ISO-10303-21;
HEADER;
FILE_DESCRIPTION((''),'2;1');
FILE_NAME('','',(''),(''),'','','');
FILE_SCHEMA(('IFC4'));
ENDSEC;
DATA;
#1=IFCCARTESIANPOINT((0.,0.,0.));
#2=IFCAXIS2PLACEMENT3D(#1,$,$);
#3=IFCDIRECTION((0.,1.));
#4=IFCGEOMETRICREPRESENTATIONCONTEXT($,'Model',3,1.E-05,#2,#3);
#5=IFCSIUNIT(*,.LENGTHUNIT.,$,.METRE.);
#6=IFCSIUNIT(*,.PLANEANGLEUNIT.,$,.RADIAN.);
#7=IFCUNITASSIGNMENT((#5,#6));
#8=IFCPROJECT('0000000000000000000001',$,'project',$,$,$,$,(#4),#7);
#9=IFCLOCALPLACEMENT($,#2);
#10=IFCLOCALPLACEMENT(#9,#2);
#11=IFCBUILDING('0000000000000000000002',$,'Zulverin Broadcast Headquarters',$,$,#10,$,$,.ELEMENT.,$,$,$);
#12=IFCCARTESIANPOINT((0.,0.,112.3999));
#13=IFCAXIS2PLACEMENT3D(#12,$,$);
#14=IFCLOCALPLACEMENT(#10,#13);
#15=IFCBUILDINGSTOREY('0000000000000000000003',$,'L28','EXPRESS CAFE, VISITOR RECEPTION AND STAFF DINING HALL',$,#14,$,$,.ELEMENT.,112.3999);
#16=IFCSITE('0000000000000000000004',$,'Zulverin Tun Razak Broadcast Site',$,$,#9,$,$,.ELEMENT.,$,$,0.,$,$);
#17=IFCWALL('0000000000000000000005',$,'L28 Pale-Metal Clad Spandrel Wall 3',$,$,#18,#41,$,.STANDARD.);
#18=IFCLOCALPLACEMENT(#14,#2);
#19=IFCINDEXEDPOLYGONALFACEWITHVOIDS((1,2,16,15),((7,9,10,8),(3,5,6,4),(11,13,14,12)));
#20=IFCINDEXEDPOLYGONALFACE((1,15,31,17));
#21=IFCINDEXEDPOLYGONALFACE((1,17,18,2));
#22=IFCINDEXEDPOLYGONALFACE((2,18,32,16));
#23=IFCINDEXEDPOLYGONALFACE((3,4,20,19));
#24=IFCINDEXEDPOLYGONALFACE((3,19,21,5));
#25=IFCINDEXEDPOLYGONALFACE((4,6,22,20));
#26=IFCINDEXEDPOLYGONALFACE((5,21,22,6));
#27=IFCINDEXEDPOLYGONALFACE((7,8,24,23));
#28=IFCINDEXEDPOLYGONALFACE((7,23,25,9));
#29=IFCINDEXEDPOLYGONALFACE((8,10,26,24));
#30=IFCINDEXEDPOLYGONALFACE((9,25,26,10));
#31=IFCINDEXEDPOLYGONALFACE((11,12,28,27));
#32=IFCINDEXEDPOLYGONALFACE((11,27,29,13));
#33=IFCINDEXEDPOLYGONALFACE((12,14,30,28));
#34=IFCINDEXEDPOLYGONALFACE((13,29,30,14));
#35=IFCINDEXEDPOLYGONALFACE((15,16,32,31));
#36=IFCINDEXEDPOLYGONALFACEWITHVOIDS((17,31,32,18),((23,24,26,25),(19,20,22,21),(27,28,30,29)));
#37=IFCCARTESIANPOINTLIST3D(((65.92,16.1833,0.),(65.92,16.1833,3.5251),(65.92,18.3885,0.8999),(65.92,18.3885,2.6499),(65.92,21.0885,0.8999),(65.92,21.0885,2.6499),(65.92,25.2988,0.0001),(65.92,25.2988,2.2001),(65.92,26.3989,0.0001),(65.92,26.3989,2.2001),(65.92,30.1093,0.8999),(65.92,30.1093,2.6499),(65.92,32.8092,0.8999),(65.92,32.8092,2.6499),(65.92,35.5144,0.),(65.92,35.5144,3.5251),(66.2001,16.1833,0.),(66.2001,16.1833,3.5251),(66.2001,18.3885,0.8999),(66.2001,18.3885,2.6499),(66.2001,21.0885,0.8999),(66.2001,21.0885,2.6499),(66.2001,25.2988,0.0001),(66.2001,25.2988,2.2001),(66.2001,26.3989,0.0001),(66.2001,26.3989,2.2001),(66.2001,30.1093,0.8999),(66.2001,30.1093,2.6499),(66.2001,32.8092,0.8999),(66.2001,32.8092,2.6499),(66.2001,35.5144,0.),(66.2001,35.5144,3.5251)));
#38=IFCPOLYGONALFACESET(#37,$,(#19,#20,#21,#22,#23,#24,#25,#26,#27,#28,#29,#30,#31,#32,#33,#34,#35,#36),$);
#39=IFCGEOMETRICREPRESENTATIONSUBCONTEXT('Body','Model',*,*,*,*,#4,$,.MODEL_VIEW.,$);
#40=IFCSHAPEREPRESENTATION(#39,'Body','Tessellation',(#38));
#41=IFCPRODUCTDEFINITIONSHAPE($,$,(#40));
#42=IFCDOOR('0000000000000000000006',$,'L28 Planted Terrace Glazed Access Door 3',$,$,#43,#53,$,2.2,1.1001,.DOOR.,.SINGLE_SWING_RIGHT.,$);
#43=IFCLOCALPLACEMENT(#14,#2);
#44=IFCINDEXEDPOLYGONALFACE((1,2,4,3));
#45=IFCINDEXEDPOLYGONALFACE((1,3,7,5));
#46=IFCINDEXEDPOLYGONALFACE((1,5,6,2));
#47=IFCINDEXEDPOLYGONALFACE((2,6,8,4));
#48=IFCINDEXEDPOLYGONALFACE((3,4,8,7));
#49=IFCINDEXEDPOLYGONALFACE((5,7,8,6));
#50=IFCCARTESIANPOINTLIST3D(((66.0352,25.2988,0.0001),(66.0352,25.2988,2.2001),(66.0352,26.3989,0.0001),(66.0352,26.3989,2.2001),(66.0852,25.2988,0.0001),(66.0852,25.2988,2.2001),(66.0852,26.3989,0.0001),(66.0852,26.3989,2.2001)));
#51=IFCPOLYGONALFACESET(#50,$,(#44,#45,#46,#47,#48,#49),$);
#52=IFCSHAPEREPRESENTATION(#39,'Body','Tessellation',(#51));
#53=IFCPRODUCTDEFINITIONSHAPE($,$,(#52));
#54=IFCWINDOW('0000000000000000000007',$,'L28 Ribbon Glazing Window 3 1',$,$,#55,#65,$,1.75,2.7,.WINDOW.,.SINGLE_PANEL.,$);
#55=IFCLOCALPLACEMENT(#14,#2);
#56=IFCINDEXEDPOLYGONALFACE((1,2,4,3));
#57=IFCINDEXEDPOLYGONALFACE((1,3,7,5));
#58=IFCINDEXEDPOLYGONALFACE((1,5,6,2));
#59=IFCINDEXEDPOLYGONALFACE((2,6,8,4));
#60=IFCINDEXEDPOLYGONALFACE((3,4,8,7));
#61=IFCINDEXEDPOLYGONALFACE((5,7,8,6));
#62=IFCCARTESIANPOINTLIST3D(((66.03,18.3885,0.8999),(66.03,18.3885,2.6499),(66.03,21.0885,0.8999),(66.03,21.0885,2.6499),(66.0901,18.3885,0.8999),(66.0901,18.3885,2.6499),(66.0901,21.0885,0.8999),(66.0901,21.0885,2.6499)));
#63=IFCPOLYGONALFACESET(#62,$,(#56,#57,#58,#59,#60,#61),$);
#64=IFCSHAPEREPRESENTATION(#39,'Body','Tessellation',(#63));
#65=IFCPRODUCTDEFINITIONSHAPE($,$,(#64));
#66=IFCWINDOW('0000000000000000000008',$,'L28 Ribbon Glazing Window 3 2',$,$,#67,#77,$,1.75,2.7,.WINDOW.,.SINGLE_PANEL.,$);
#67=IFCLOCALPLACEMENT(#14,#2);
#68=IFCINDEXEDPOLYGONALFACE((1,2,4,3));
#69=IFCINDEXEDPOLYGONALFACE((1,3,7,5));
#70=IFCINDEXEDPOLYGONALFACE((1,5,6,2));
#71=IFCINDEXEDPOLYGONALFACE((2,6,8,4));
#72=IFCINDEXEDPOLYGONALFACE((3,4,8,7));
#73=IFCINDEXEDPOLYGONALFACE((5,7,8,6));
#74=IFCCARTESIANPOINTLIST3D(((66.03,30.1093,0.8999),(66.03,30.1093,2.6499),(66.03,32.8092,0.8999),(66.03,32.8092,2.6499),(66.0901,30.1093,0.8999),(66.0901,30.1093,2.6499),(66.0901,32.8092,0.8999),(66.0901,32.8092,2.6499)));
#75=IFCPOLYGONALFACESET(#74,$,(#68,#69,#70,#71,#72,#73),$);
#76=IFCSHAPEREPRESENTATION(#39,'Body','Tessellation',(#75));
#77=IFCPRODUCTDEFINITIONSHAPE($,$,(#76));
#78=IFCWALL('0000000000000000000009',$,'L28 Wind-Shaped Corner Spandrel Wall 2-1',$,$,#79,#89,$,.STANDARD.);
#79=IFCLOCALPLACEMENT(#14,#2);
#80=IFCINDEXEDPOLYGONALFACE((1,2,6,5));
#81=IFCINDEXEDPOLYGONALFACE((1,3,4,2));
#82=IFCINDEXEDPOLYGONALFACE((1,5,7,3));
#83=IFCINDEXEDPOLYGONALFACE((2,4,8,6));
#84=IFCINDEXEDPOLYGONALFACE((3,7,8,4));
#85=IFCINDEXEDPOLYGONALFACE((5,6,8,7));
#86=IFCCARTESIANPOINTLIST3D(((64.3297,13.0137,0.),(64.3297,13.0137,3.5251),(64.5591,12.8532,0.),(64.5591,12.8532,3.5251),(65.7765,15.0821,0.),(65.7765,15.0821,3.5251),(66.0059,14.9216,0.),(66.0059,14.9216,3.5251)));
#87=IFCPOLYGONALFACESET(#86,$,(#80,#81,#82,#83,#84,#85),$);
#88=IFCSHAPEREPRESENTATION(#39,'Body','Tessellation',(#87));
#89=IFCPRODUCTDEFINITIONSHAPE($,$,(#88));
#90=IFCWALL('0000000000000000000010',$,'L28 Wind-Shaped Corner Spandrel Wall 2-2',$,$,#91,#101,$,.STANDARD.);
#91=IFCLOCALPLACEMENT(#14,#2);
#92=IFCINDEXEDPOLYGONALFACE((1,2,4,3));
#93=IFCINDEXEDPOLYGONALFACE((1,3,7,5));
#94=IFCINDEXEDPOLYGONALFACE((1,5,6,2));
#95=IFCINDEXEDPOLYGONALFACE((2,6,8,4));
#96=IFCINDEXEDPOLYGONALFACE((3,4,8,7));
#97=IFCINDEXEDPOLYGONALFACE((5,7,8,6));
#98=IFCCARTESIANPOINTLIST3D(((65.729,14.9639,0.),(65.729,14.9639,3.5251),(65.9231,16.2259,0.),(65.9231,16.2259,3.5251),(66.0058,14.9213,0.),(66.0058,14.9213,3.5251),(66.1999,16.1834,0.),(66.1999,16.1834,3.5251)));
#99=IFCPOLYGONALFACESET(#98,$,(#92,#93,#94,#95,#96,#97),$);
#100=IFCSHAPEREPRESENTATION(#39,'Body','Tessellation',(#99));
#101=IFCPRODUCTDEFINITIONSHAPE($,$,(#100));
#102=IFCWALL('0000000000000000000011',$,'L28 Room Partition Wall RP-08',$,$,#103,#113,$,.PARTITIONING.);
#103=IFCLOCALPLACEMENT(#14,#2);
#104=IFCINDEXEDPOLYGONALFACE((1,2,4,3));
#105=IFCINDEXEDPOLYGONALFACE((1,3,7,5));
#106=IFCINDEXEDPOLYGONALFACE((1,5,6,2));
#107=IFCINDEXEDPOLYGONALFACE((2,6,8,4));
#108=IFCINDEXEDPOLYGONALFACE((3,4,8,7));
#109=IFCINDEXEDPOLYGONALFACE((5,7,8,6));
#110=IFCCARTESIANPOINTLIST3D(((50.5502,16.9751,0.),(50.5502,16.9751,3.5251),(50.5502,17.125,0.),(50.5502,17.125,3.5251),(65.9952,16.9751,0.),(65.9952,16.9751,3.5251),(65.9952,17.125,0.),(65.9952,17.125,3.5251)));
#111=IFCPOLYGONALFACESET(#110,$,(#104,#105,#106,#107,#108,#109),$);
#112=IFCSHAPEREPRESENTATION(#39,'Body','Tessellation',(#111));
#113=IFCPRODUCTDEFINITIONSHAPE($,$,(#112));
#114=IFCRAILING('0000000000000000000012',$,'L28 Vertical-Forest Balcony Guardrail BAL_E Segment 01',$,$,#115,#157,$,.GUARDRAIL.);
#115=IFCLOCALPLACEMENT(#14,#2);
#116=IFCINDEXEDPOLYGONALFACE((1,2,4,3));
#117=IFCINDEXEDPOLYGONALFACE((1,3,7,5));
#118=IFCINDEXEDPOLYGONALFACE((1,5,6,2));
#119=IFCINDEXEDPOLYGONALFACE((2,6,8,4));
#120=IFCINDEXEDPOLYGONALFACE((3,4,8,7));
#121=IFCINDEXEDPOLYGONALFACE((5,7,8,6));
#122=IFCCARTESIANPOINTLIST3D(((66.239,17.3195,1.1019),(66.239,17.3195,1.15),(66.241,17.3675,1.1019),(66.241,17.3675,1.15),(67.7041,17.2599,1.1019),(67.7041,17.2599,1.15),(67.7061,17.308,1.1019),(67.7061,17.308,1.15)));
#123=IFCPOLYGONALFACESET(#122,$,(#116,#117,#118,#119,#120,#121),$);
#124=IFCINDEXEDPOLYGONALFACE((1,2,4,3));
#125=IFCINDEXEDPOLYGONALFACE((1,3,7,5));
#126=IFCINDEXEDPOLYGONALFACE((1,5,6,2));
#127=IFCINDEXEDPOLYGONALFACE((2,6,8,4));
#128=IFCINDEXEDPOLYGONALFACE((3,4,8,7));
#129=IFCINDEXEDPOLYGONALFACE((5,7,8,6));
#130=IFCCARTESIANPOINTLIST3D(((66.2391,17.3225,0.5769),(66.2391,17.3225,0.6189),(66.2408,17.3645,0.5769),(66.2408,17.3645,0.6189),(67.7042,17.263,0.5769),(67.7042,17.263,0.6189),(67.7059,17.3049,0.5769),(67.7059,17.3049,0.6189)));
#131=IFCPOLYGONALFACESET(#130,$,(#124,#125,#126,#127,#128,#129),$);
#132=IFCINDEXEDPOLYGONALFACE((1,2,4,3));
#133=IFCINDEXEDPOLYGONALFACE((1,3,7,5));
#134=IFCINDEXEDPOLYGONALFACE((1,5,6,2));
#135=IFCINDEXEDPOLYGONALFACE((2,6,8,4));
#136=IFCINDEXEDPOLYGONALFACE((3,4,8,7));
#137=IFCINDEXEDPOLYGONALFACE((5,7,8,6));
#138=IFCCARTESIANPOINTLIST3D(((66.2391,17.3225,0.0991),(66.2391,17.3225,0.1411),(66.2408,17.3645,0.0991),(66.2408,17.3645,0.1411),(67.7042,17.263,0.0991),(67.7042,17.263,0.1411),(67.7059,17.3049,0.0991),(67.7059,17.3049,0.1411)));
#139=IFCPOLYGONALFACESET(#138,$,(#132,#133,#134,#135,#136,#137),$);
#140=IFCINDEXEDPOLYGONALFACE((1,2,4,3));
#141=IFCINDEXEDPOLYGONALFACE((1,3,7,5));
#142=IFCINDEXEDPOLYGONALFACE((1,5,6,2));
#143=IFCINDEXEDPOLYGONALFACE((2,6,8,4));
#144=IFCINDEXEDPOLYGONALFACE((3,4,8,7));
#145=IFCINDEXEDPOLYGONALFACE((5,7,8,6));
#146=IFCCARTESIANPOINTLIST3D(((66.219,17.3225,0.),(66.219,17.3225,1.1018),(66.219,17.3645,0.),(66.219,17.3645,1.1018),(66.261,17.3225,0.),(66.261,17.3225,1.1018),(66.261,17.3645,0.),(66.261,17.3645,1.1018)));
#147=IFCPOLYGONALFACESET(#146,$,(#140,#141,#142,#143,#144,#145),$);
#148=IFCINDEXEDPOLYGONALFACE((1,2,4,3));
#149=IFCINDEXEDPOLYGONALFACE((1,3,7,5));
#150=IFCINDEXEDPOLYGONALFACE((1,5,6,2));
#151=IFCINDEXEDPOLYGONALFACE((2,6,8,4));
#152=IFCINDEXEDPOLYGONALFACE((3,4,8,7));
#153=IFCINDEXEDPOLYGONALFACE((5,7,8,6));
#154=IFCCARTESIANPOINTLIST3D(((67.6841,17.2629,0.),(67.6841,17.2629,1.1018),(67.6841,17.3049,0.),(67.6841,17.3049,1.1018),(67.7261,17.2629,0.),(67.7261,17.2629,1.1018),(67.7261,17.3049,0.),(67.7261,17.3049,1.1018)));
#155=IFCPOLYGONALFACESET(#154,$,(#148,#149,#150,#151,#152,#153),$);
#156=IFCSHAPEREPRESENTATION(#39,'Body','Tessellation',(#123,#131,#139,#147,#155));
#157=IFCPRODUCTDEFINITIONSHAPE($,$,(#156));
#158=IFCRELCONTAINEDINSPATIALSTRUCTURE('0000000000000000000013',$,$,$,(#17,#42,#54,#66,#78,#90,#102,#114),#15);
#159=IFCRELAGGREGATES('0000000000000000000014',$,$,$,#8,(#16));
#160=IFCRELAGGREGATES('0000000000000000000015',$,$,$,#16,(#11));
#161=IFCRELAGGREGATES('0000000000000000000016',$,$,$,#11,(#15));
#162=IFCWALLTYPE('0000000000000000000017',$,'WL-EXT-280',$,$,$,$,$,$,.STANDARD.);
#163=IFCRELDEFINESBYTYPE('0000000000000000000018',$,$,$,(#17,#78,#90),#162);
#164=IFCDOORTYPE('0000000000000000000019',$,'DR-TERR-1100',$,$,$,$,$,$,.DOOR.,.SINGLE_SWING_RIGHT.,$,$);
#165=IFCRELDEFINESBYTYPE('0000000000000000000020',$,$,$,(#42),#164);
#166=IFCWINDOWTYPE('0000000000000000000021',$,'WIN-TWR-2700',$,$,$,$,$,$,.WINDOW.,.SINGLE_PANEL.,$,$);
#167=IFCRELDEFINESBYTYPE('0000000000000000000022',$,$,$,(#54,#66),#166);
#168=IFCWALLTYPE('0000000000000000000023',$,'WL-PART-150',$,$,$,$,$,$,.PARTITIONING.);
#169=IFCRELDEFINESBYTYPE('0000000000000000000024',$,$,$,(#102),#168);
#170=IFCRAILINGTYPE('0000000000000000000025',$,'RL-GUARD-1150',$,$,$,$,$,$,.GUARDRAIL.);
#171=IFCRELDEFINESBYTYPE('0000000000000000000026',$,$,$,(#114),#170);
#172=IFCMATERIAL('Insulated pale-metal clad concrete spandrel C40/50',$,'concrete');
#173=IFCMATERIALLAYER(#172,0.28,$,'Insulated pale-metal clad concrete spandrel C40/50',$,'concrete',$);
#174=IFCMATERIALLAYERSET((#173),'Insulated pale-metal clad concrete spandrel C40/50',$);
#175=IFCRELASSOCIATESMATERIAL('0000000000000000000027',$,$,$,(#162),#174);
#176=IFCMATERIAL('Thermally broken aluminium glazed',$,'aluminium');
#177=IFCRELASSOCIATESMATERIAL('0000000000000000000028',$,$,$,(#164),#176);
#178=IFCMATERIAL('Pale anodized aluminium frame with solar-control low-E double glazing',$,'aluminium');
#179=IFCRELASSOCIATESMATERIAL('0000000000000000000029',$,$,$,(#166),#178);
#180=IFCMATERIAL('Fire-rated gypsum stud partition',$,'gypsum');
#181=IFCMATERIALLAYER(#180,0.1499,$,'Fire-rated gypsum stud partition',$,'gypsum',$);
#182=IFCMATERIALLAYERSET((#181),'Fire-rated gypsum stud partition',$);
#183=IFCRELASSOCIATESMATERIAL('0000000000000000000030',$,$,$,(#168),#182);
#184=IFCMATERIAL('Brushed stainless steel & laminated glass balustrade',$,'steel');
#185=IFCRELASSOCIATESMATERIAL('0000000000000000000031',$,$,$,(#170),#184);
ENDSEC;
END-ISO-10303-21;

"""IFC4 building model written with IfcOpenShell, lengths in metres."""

from ifc_helpers import new_model, si_unit, direction, frame, frame_2d, origin, origin_2d, place, context, subcontext, project, spatial, rectangle, extrude, material, layer, layer_set, type_object, element, fill, save


model = new_model("IFC4")

# Units and contexts
model_context = context("Model", 3, precision=1e-05, world=origin(), true_north=direction((0.0, 1.0)))
body_context = subcontext(model_context, "Body", "Model", "MODEL_VIEW")
ifc_project = project(units=[si_unit("LENGTHUNIT", "METRE"), si_unit("PLANEANGLEUNIT", "RADIAN")], contexts=[model_context])

# Site, building, storey
site_placement = place(None, origin())
site = spatial("IfcSite", under=ifc_project, at=site_placement, Name="Zulverin Tun Razak Broadcast Site", CompositionType="ELEMENT", RefElevation=0.0)
building_placement = place(site_placement, origin())
building = spatial("IfcBuilding", under=site, at=building_placement, Name="Zulverin Broadcast Headquarters", CompositionType="ELEMENT")
storey_placement = place(building_placement, frame((0.0, 0.0, 112.3999)))
storey = spatial("IfcBuildingStorey", under=building, at=storey_placement, Name="L28", Description="EXPRESS CAFE, VISITOR RECEPTION AND STAFF DINING HALL", CompositionType="ELEMENT", Elevation=112.3999)

# Wall, openings, door, windows
ifc_material_1 = material(Name="Insulated pale-metal clad concrete spandrel C40/50", Category="concrete")
ifc_layer_1 = layer(ifc_material_1, 0.28, Name="Insulated pale-metal clad concrete spandrel C40/50", Category="concrete")
ifc_layer_set_1 = layer_set([ifc_layer_1], Name="Insulated pale-metal clad concrete spandrel C40/50")
wall_type_1 = type_object("IfcWallType", Name="WL-EXT-280", PredefinedType="STANDARD", material=ifc_layer_set_1)
wall_1_placement = place(storey_placement, frame((66.0601, 16.1833, 0.0), z_axis=(0.0, 0.0, 1.0), x_axis=(0.0, 1.0, 0.0)))
wall_1 = element("IfcWall", 1, at=wall_1_placement, inside=storey, type_object=wall_type_1, Name="L28 Pale-Metal Clad Spandrel Wall 3", PredefinedType="STANDARD", context=body_context, shape_type="SweptSolid", body=[
    extrude(rectangle(XDim=19.3311, YDim=0.28, at=frame_2d((9.6655, 0.0))), origin(), (0.0, 0.0, 1.0), 3.5251),
])
opening_1_placement = place(wall_1_placement, frame((9.1155, 0.0, 0.0)))
opening_1 = element("IfcOpeningElement", 2, at=opening_1_placement, cuts=wall_1, PredefinedType="OPENING", context=body_context, shape_type="SweptSolid", body=[
    extrude(rectangle(XDim=1.1001, YDim=2.2, at=frame_2d((0.55, 1.1001))), frame((0.0, 0.1499, 0.0), z_axis=(0.0, -1.0, 0.0), x_axis=(1.0, 0.0, 0.0)), (0.0, 0.0, 1.0), 0.3),
])
opening_2_placement = place(wall_1_placement, frame((2.2051, 0.0, 0.8999)))
opening_2 = element("IfcOpeningElement", 3, at=opening_2_placement, cuts=wall_1, PredefinedType="OPENING", context=body_context, shape_type="SweptSolid", body=[
    extrude(rectangle(XDim=2.7, YDim=1.75, at=frame_2d((1.3501, 0.875))), frame((0.0, 0.1499, 0.0), z_axis=(0.0, -1.0, 0.0), x_axis=(1.0, 0.0, 0.0)), (0.0, 0.0, 1.0), 0.3),
])
opening_3_placement = place(wall_1_placement, frame((13.9258, 0.0, 0.8999)))
opening_3 = element("IfcOpeningElement", 4, at=opening_3_placement, cuts=wall_1, PredefinedType="OPENING", context=body_context, shape_type="SweptSolid", body=[
    extrude(rectangle(XDim=2.7, YDim=1.75, at=frame_2d((1.3501, 0.875))), frame((0.0, 0.1499, 0.0), z_axis=(0.0, -1.0, 0.0), x_axis=(1.0, 0.0, 0.0)), (0.0, 0.0, 1.0), 0.3),
])
ifc_material_2 = material(Name="Thermally broken aluminium glazed", Category="aluminium")
door_type = type_object("IfcDoorType", Name="DR-TERR-1100", OperationType="SINGLE_SWING_RIGHT", PredefinedType="DOOR", material=ifc_material_2)
door_placement = place(opening_1_placement, origin())
door = element("IfcDoor", 5, at=door_placement, inside=storey, type_object=door_type, Name="L28 Planted Terrace Glazed Access Door 3", OperationType="SINGLE_SWING_RIGHT", OverallHeight=2.2, OverallWidth=1.1001, PredefinedType="DOOR", context=body_context, shape_type="SweptSolid", body=[
    extrude(rectangle(XDim=1.1001, YDim=2.2, at=frame_2d((0.55, 1.1001))), frame((0.0, 0.0249, 0.0), z_axis=(0.0, -1.0, 0.0), x_axis=(1.0, 0.0, 0.0)), (0.0, 0.0, 1.0), 0.05),
])
fill(opening_1, door)
ifc_material_3 = material(Name="Pale anodized aluminium frame with solar-control low-E double glazing", Category="aluminium")
window_type = type_object("IfcWindowType", Name="WIN-TWR-2700", PartitioningType="SINGLE_PANEL", PredefinedType="WINDOW", material=ifc_material_3)
window_1_placement = place(opening_2_placement, origin())
window_1 = element("IfcWindow", 6, at=window_1_placement, inside=storey, type_object=window_type, Name="L28 Ribbon Glazing Window 3 1", OverallHeight=1.75, OverallWidth=2.7, PartitioningType="SINGLE_PANEL", PredefinedType="WINDOW", context=body_context, shape_type="SweptSolid", body=[
    extrude(rectangle(XDim=2.7, YDim=1.75, at=frame_2d((1.3501, 0.875))), frame((0.0, 0.03, 0.0), z_axis=(0.0, -1.0, 0.0), x_axis=(1.0, 0.0, 0.0)), (0.0, 0.0, 1.0), 0.0601),
])
fill(opening_2, window_1)
window_2_placement = place(opening_3_placement, origin())
window_2 = element("IfcWindow", 7, at=window_2_placement, inside=storey, type_object=window_type, Name="L28 Ribbon Glazing Window 3 2", OverallHeight=1.75, OverallWidth=2.7, PartitioningType="SINGLE_PANEL", PredefinedType="WINDOW", context=body_context, shape_type="SweptSolid", body=[
    extrude(rectangle(XDim=2.7, YDim=1.75, at=frame_2d((1.3501, 0.875))), frame((0.0, 0.03, 0.0), z_axis=(0.0, -1.0, 0.0), x_axis=(1.0, 0.0, 0.0)), (0.0, 0.0, 1.0), 0.0601),
])
fill(opening_3, window_2)

# Walls
wall_2_placement = place(storey_placement, frame((64.4443, 12.9333, 0.0), z_axis=(0.0, 0.0, 1.0), x_axis=(0.573177, 0.819432, 0.0)))
element("IfcWall", 8, at=wall_2_placement, inside=storey, type_object=wall_type_1, Name="L28 Wind-Shaped Corner Spandrel Wall 2-1", PredefinedType="STANDARD", context=body_context, shape_type="SweptSolid", body=[
    extrude(rectangle(XDim=2.5242, YDim=0.28, at=frame_2d((1.2622, 0.0))), origin(), (0.0, 0.0, 1.0), 3.5251),
])
wall_3_placement = place(storey_placement, frame((65.8674, 14.9426, 0.0), z_axis=(0.0, 0.0, 1.0), x_axis=(0.152014, 0.988378, 0.0)))
element("IfcWall", 9, at=wall_3_placement, inside=storey, type_object=wall_type_1, Name="L28 Wind-Shaped Corner Spandrel Wall 2-2", PredefinedType="STANDARD", context=body_context, shape_type="SweptSolid", body=[
    extrude(rectangle(XDim=1.2769, YDim=0.28, at=frame_2d((0.6384, 0.0))), origin(), (0.0, 0.0, 1.0), 3.5251),
])
ifc_material_4 = material(Name="Fire-rated gypsum stud partition", Category="gypsum")
ifc_layer_2 = layer(ifc_material_4, 0.1499, Name="Fire-rated gypsum stud partition", Category="gypsum")
ifc_layer_set_2 = layer_set([ifc_layer_2], Name="Fire-rated gypsum stud partition")
wall_type_2 = type_object("IfcWallType", Name="WL-PART-150", PredefinedType="PARTITIONING", material=ifc_layer_set_2)
wall_4_placement = place(storey_placement, frame((50.55, 17.05, 0.0), z_axis=(0.0, 0.0, 1.0), x_axis=(1.0, 0.0, 0.0)))
element("IfcWall", 10, at=wall_4_placement, inside=storey, type_object=wall_type_2, Name="L28 Room Partition Wall RP-08", PredefinedType="PARTITIONING", context=body_context, shape_type="SweptSolid", body=[
    extrude(rectangle(XDim=15.4451, YDim=0.1499, at=frame_2d((7.7227, 0.0))), origin(), (0.0, 0.0, 1.0), 3.5251),
])

# Railing
ifc_material_5 = material(Name="Brushed stainless steel & laminated glass balustrade", Category="steel")
railing_type = type_object("IfcRailingType", Name="RL-GUARD-1150", PredefinedType="GUARDRAIL", material=ifc_material_5)
railing_1_placement = place(storey_placement, frame((66.24, 17.3435, 0.0)))
element("IfcRailing", 11, at=railing_1_placement, inside=storey, type_object=railing_type, Name="L28 Vertical-Forest Balcony Guardrail BAL_E Segment 01", PredefinedType="GUARDRAIL", context=body_context, shape_type="SweptSolid", body=[
    extrude(rectangle(XDim=0.0481, YDim=0.0481, at=origin_2d()), frame((0.0, 0.0, 1.126), z_axis=(0.999174, -0.040626, 0.0), x_axis=(0.040626, 0.999174, 0.0)), (0.0, 0.0, 1.0), 1.4663),
    extrude(rectangle(XDim=0.042, YDim=0.042, at=origin_2d()), frame((0.0, 0.0, 0.5979), z_axis=(0.999174, -0.040626, 0.0), x_axis=(0.040626, 0.999174, 0.0)), (0.0, 0.0, 1.0), 1.4663),
    extrude(rectangle(XDim=0.042, YDim=0.042, at=origin_2d()), frame((0.0, 0.0, 0.1201), z_axis=(0.999174, -0.040626, 0.0), x_axis=(0.040626, 0.999174, 0.0)), (0.0, 0.0, 1.0), 1.4663),
    extrude(rectangle(XDim=0.042, YDim=0.042, at=origin_2d()), origin(), (0.0, 0.0, 1.0), 1.1018),
    extrude(rectangle(XDim=0.042, YDim=0.042, at=origin_2d()), frame((1.4651, -0.0596, 0.0)), (0.0, 0.0, 1.0), 1.1018),
])

save(model, "model.ifc")
